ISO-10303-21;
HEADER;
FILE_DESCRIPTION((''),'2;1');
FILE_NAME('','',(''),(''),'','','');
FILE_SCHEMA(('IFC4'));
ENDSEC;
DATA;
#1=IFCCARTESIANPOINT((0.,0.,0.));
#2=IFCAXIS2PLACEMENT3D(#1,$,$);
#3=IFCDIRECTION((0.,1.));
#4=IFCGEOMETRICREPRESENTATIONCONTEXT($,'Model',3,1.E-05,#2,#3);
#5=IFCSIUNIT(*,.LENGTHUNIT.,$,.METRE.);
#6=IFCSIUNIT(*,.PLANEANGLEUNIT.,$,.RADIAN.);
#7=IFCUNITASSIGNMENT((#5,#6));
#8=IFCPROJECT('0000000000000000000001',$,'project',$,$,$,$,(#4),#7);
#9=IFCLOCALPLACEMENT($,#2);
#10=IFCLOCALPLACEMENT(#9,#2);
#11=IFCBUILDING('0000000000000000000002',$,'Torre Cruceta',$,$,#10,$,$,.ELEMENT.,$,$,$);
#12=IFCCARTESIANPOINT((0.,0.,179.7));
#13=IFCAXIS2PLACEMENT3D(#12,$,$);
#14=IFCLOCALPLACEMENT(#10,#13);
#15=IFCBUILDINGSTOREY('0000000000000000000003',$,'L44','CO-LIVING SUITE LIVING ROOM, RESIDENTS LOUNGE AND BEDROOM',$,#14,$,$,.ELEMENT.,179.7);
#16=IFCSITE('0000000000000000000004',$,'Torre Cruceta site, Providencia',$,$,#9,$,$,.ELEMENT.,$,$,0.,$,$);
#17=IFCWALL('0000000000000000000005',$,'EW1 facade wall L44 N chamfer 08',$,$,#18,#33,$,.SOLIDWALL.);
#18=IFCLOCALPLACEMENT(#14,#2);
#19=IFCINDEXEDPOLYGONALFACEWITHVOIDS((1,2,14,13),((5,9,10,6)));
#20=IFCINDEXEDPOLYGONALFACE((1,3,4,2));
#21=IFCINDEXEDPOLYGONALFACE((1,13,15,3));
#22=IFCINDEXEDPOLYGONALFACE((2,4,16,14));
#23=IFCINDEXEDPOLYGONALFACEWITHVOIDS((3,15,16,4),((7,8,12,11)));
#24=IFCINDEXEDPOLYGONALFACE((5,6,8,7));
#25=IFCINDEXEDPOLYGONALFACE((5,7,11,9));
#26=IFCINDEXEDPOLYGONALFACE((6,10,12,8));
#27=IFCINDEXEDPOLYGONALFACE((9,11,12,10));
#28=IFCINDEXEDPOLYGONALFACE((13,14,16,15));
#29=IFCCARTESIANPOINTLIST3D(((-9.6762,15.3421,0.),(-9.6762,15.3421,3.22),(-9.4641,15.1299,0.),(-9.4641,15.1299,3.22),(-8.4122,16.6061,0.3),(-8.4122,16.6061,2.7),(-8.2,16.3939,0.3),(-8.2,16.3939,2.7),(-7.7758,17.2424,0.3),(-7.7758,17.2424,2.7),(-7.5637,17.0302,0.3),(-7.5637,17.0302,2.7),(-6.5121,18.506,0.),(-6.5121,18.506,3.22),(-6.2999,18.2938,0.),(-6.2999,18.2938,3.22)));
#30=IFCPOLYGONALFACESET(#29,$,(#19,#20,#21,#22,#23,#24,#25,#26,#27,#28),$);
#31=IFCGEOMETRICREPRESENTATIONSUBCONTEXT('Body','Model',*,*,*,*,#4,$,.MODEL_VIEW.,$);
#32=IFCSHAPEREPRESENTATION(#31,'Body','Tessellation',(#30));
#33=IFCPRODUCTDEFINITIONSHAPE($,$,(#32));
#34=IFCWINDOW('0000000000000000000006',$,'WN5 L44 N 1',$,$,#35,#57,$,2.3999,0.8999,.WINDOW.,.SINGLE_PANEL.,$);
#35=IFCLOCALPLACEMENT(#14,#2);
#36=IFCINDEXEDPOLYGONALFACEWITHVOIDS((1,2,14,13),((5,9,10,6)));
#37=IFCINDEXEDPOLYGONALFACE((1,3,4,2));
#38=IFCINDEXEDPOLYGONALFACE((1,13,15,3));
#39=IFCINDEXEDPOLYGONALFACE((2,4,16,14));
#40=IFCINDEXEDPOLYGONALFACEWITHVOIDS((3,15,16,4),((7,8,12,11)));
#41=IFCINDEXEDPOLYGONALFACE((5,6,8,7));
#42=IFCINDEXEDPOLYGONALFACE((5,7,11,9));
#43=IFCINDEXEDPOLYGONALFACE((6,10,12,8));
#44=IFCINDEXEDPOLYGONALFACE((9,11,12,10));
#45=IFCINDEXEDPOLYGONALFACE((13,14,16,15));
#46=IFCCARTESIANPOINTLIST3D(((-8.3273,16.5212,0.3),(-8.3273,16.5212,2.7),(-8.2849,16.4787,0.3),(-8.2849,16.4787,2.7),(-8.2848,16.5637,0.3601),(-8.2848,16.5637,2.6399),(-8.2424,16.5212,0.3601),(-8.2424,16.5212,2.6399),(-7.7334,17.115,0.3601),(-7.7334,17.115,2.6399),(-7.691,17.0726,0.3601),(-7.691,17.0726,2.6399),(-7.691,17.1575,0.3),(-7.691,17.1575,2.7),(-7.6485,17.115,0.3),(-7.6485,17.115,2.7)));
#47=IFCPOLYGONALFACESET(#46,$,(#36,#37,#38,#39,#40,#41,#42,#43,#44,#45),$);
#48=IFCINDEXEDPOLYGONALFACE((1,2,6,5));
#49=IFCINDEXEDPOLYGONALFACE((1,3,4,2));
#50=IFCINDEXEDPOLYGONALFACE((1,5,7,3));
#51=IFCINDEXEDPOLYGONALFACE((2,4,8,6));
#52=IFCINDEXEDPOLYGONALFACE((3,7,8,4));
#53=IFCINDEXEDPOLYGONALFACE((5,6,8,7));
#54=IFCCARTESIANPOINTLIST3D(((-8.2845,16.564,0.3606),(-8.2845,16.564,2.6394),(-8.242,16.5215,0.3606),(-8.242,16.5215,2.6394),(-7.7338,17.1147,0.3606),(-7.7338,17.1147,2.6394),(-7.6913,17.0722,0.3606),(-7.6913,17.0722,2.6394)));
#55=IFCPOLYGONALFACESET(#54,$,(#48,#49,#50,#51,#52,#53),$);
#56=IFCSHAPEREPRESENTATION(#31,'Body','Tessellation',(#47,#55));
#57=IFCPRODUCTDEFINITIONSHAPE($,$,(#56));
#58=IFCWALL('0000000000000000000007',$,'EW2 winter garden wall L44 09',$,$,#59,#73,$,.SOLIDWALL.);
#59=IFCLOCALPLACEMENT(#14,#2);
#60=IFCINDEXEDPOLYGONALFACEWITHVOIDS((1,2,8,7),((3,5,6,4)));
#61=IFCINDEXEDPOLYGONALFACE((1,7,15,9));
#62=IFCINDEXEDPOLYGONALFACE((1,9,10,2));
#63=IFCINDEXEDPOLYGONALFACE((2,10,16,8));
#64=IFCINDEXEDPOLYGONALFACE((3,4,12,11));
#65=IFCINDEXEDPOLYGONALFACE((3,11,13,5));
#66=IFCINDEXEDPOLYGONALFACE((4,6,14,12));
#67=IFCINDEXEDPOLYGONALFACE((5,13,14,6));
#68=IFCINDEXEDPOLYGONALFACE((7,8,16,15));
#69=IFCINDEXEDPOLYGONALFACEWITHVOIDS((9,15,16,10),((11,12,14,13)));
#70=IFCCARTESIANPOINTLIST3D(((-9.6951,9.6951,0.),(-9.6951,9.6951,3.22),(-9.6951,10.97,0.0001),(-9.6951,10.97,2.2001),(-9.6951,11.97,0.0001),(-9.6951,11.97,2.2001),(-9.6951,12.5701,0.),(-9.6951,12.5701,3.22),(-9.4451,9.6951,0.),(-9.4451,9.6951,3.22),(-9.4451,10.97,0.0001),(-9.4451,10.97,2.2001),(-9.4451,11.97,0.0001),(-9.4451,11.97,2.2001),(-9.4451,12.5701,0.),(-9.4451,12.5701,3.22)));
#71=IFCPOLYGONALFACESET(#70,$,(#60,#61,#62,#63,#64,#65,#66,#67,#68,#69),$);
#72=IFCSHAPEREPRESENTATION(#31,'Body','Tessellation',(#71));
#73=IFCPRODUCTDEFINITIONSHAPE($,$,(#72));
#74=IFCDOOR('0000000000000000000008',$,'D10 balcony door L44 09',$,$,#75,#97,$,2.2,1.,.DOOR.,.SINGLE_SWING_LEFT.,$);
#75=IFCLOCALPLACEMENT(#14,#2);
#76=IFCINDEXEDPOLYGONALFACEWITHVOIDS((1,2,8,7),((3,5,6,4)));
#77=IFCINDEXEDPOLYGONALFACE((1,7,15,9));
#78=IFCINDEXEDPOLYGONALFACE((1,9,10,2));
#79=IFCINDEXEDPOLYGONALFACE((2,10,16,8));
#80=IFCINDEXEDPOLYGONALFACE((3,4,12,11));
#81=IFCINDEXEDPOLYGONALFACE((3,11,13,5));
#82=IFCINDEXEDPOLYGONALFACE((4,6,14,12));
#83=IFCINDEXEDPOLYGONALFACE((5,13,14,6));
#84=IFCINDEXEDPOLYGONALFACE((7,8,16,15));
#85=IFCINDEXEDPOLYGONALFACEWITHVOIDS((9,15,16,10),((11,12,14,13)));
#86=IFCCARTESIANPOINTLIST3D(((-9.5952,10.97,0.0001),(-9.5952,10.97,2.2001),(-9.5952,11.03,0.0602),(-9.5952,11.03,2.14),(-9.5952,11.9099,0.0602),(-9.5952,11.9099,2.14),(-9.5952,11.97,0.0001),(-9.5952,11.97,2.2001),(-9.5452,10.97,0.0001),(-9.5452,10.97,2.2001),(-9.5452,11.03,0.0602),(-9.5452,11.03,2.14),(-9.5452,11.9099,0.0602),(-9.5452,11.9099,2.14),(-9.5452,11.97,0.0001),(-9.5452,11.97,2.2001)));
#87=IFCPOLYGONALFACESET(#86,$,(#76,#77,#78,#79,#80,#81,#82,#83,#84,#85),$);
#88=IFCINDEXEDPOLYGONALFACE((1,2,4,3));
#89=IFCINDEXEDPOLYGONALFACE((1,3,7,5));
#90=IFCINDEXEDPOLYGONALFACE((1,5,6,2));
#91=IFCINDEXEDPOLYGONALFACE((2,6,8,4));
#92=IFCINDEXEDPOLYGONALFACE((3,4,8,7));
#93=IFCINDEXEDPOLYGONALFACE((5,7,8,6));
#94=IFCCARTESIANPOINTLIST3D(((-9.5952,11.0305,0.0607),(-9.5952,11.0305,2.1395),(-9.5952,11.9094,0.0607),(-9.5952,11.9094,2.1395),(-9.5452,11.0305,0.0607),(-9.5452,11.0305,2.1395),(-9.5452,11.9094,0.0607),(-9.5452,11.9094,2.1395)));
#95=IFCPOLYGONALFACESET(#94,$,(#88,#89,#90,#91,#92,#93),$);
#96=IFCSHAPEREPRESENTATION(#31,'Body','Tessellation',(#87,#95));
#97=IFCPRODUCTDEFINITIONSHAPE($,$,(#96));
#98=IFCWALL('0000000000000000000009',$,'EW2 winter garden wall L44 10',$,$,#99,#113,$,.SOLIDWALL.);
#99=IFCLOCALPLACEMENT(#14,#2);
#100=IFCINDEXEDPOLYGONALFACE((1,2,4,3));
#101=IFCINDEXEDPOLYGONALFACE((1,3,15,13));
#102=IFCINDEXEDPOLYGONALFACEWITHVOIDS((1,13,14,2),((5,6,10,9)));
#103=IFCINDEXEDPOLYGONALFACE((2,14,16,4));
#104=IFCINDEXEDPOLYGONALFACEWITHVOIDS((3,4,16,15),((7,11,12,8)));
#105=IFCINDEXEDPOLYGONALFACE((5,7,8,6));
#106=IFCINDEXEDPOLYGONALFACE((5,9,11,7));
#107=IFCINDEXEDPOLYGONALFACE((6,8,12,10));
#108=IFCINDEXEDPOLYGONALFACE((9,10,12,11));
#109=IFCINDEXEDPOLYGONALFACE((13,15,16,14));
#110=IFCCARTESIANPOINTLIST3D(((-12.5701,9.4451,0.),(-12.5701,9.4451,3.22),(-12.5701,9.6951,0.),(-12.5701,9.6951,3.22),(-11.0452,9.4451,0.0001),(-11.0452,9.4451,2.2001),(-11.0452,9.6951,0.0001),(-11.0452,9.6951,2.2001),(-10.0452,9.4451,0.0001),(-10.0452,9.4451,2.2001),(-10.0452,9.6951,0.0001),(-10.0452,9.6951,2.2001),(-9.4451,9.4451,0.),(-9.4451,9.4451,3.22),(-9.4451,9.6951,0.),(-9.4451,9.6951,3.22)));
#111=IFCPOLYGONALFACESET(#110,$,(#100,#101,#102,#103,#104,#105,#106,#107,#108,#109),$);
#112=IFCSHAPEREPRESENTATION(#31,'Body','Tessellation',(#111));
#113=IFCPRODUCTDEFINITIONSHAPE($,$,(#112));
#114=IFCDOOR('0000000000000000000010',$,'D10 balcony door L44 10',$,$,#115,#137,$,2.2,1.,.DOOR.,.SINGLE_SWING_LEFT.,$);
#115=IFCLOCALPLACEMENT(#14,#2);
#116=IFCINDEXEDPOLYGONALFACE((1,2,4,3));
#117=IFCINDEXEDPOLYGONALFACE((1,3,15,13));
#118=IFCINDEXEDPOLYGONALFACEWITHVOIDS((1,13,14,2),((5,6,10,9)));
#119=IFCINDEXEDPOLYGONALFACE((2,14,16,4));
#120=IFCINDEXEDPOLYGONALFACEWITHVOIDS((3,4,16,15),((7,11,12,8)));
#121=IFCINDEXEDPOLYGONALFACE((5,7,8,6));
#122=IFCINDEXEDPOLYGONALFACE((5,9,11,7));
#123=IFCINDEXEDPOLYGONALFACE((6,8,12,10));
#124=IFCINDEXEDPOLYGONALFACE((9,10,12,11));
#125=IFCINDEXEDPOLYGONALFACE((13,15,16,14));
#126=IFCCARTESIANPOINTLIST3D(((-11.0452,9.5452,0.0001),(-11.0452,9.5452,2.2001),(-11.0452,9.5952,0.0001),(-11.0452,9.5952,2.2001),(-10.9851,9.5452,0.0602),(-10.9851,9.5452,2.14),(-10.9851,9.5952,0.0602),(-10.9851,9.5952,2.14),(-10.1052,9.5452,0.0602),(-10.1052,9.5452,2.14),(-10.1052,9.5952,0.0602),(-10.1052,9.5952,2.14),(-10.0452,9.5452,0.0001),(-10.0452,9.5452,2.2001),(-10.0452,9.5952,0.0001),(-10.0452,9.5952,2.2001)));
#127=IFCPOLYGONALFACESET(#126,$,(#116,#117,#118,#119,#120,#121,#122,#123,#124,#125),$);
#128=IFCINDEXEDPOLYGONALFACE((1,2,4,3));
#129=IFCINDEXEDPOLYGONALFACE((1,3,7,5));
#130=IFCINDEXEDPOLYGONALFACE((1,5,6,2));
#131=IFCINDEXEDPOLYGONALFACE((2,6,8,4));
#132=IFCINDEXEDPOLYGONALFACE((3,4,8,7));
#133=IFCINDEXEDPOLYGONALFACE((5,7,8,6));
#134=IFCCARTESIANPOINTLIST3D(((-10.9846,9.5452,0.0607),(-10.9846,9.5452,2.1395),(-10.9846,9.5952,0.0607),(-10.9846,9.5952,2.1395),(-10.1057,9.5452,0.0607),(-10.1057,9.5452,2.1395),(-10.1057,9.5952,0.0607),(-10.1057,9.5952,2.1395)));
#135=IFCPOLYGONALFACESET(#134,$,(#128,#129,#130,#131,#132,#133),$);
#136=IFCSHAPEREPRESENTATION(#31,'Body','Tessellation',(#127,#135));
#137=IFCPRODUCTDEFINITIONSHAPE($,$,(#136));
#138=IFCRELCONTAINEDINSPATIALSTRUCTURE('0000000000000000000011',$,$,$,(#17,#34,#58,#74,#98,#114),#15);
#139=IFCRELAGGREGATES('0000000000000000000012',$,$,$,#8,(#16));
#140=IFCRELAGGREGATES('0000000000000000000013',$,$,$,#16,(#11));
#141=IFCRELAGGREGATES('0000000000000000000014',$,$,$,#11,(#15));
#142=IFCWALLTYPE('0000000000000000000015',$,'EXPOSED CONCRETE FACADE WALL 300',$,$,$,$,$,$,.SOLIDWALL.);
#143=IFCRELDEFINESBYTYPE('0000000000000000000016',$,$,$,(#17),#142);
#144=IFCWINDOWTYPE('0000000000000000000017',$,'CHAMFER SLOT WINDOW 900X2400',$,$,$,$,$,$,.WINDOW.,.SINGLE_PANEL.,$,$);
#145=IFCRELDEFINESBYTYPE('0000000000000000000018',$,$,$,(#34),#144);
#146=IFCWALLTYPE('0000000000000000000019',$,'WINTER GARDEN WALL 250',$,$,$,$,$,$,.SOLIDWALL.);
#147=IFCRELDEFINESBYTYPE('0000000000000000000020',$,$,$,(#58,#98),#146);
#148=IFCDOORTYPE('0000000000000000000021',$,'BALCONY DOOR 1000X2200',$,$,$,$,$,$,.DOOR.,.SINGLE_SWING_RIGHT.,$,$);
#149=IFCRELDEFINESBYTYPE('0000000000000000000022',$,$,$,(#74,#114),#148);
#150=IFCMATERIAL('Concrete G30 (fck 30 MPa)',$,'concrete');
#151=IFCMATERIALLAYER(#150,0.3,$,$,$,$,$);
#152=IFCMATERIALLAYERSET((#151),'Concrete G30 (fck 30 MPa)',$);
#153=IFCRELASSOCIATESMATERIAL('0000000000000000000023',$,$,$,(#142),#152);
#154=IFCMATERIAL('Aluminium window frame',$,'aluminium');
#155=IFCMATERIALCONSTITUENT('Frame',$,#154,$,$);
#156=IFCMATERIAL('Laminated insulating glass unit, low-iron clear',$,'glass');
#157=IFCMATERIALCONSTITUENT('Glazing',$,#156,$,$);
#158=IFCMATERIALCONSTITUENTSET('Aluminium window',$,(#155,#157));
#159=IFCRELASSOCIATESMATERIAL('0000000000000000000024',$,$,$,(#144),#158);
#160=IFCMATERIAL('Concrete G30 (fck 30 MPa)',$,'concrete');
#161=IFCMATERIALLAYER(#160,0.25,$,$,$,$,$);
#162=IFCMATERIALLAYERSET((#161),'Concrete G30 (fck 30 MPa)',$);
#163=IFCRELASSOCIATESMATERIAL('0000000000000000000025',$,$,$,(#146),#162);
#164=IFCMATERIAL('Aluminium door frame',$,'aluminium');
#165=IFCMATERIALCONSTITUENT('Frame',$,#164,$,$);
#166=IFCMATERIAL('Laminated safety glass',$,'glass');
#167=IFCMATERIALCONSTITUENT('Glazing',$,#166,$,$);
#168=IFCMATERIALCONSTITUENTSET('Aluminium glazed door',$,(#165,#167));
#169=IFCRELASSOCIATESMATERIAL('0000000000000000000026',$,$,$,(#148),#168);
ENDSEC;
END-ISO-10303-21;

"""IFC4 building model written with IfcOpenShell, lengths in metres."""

from ifc_helpers import new_model, si_unit, direction, frame, frame_2d, origin, place, context, subcontext, project, spatial, rectangle, hollow_rectangle, extrude, material, layer, layer_set, constituent, constituent_set, type_object, element, fill, save


model = new_model("IFC4")

# Units and contexts
model_context = context("Model", 3, precision=1e-05, world=origin(), true_north=direction((0.0, 1.0)))
body_context = subcontext(model_context, "Body", "Model", "MODEL_VIEW")
ifc_project = project(units=[si_unit("LENGTHUNIT", "METRE"), si_unit("PLANEANGLEUNIT", "RADIAN")], contexts=[model_context])

# Site, building, storey
site_placement = place(None, origin())
site = spatial("IfcSite", under=ifc_project, at=site_placement, Name="Torre Cruceta site, Providencia", CompositionType="ELEMENT", RefElevation=0.0)
building_placement = place(site_placement, origin())
building = spatial("IfcBuilding", under=site, at=building_placement, Name="Torre Cruceta", CompositionType="ELEMENT")
storey_placement = place(building_placement, frame((0.0, 0.0, 179.7)))
storey = spatial("IfcBuildingStorey", under=building, at=storey_placement, Name="L44", Description="CO-LIVING SUITE LIVING ROOM, RESIDENTS LOUNGE AND BEDROOM", CompositionType="ELEMENT", Elevation=179.7)

# Wall, opening, window
ifc_material_1 = material(Name="Concrete G30 (fck 30 MPa)", Category="concrete")
ifc_layer_1 = layer(ifc_material_1, 0.3)
ifc_layer_set_1 = layer_set([ifc_layer_1], Name="Concrete G30 (fck 30 MPa)")
wall_type_1 = type_object("IfcWallType", Name="EXPOSED CONCRETE FACADE WALL 300", PredefinedType="SOLIDWALL", material=ifc_layer_set_1)
wall_1_placement = place(storey_placement, frame((-6.406, 18.3999, 0.0), z_axis=(0.0, 0.0, 1.0), x_axis=(-0.707134, -0.707079, 0.0)))
wall_1 = element("IfcWall", 1, at=wall_1_placement, inside=storey, type_object=wall_type_1, Name="EW1 facade wall L44 N chamfer 08", PredefinedType="SOLIDWALL", context=body_context, shape_type="SweptSolid", body=[
    extrude(rectangle(XDim=4.4746, YDim=0.3, at=frame_2d((2.2373, 0.0))), origin(), (0.0, 0.0, 1.0), 3.22),
])
opening_1_placement = place(wall_1_placement, frame((1.7871, 0.0, 0.3)))
opening_1 = element("IfcOpeningElement", 2, at=opening_1_placement, cuts=wall_1, PredefinedType="OPENING", context=body_context, shape_type="SweptSolid", body=[
    extrude(rectangle(XDim=0.8999, YDim=2.3999, at=frame_2d((0.45, 1.2))), frame((0.0, 0.1599, 0.0), z_axis=(0.0, -1.0, 0.0), x_axis=(1.0, 0.0, 0.0)), (0.0, 0.0, 1.0), 0.3201),
])
ifc_material_2 = material(Name="Aluminium window frame", Category="aluminium")
ifc_constituent_1 = constituent(ifc_material_2, Name="Frame")
ifc_material_3 = material(Name="Laminated insulating glass unit, low-iron clear", Category="glass")
ifc_constituent_2 = constituent(ifc_material_3, Name="Glazing")
ifc_constituent_set_1 = constituent_set(constituents=[ifc_constituent_1, ifc_constituent_2], Name="Aluminium window")
window_type = type_object("IfcWindowType", Name="CHAMFER SLOT WINDOW 900X2400", PartitioningType="SINGLE_PANEL", PredefinedType="WINDOW", material=ifc_constituent_set_1)
window_placement = place(opening_1_placement, origin())
window = element("IfcWindow", 3, at=window_placement, inside=storey, type_object=window_type, Name="WN5 L44 N 1", OverallHeight=2.3999, OverallWidth=0.8999, PartitioningType="SINGLE_PANEL", PredefinedType="WINDOW", context=body_context, shape_type="SweptSolid", body=[
    extrude(hollow_rectangle(XDim=0.8999, YDim=2.3999, WallThickness=0.0601, at=frame_2d((0.45, 1.2))), frame((0.0, 0.03, 0.0), z_axis=(0.0, -1.0, 0.0), x_axis=(1.0, 0.0, 0.0)), (0.0, 0.0, 1.0), 0.0601),
    extrude(rectangle(XDim=0.7788, YDim=2.2788, at=frame_2d((0.45, 1.2))), frame((0.0, 0.03, 0.0), z_axis=(0.0, -1.0, 0.0), x_axis=(1.0, 0.0, 0.0)), (0.0, 0.0, 1.0), 0.0601),
])
fill(opening_1, window)

# Walls, openings, doors
ifc_material_4 = material(Name="Concrete G30 (fck 30 MPa)", Category="concrete")
ifc_layer_2 = layer(ifc_material_4, 0.25)
ifc_layer_set_2 = layer_set([ifc_layer_2], Name="Concrete G30 (fck 30 MPa)")
wall_type_2 = type_object("IfcWallType", Name="WINTER GARDEN WALL 250", PredefinedType="SOLIDWALL", material=ifc_layer_set_2)
wall_2_placement = place(storey_placement, frame((-9.5701, 12.5701, 0.0), z_axis=(0.0, 0.0, 1.0), x_axis=(0.0, -1.0, 0.0)))
wall_2 = element("IfcWall", 4, at=wall_2_placement, inside=storey, type_object=wall_type_2, Name="EW2 winter garden wall L44 09", PredefinedType="SOLIDWALL", context=body_context, shape_type="SweptSolid", body=[
    extrude(rectangle(XDim=2.875, YDim=0.25, at=frame_2d((1.4375, 0.0))), origin(), (0.0, 0.0, 1.0), 3.22),
])
opening_2_placement = place(wall_2_placement, frame((0.6001, 0.0, 0.0)))
opening_2 = element("IfcOpeningElement", 5, at=opening_2_placement, cuts=wall_2, PredefinedType="OPENING", context=body_context, shape_type="SweptSolid", body=[
    extrude(rectangle(XDim=1.0, YDim=2.2, at=frame_2d((0.5, 1.1001))), frame((0.0, 0.135, 0.0), z_axis=(0.0, -1.0, 0.0), x_axis=(1.0, 0.0, 0.0)), (0.0, 0.0, 1.0), 0.27),
])
ifc_material_5 = material(Name="Aluminium door frame", Category="aluminium")
ifc_constituent_3 = constituent(ifc_material_5, Name="Frame")
ifc_material_6 = material(Name="Laminated safety glass", Category="glass")
ifc_constituent_4 = constituent(ifc_material_6, Name="Glazing")
ifc_constituent_set_2 = constituent_set(constituents=[ifc_constituent_3, ifc_constituent_4], Name="Aluminium glazed door")
door_type_1 = type_object("IfcDoorType", Name="BALCONY DOOR 1000X2200", OperationType="SINGLE_SWING_RIGHT", PredefinedType="DOOR", material=ifc_constituent_set_2)
door_1_placement = place(opening_2_placement, origin())
door_1 = element("IfcDoor", 6, at=door_1_placement, inside=storey, type_object=door_type_1, Name="D10 balcony door L44 09", OperationType="SINGLE_SWING_LEFT", OverallHeight=2.2, OverallWidth=1.0, PredefinedType="DOOR", context=body_context, shape_type="SweptSolid", body=[
    extrude(hollow_rectangle(XDim=1.0, YDim=2.2, WallThickness=0.0601, at=frame_2d((0.5, 1.1001))), frame((0.0, 0.0249, 0.0), z_axis=(0.0, -1.0, 0.0), x_axis=(1.0, 0.0, 0.0)), (0.0, 0.0, 1.0), 0.05),
    extrude(rectangle(XDim=0.8789, YDim=2.0789, at=frame_2d((0.5, 1.1001))), frame((0.0, 0.0249, 0.0), z_axis=(0.0, -1.0, 0.0), x_axis=(1.0, 0.0, 0.0)), (0.0, 0.0, 1.0), 0.05),
])
fill(opening_2, door_1)
wall_3_placement = place(storey_placement, frame((-9.4451, 9.5701, 0.0), z_axis=(0.0, 0.0, 1.0), x_axis=(-1.0, 0.0, 0.0)))
wall_3 = element("IfcWall", 7, at=wall_3_placement, inside=storey, type_object=wall_type_2, Name="EW2 winter garden wall L44 10", PredefinedType="SOLIDWALL", context=body_context, shape_type="SweptSolid", body=[
    extrude(rectangle(XDim=3.125, YDim=0.25, at=frame_2d((1.5625, 0.0))), origin(), (0.0, 0.0, 1.0), 3.22),
])
opening_3_placement = place(wall_3_placement, frame((0.6001, 0.0, 0.0)))
opening_3 = element("IfcOpeningElement", 8, at=opening_3_placement, cuts=wall_3, PredefinedType="OPENING", context=body_context, shape_type="SweptSolid", body=[
    extrude(rectangle(XDim=1.0, YDim=2.2, at=frame_2d((0.5, 1.1001))), frame((0.0, 0.135, 0.0), z_axis=(0.0, -1.0, 0.0), x_axis=(1.0, 0.0, 0.0)), (0.0, 0.0, 1.0), 0.27),
])
door_2_placement = place(opening_3_placement, origin())
door_2 = element("IfcDoor", 9, at=door_2_placement, inside=storey, type_object=door_type_1, Name="D10 balcony door L44 10", OperationType="SINGLE_SWING_LEFT", OverallHeight=2.2, OverallWidth=1.0, PredefinedType="DOOR", context=body_context, shape_type="SweptSolid", body=[
    extrude(hollow_rectangle(XDim=1.0, YDim=2.2, WallThickness=0.0601, at=frame_2d((0.5, 1.1001))), frame((0.0, 0.0249, 0.0), z_axis=(0.0, -1.0, 0.0), x_axis=(1.0, 0.0, 0.0)), (0.0, 0.0, 1.0), 0.05),
    extrude(rectangle(XDim=0.8789, YDim=2.0789, at=frame_2d((0.5, 1.1001))), frame((0.0, 0.0249, 0.0), z_axis=(0.0, -1.0, 0.0), x_axis=(1.0, 0.0, 0.0)), (0.0, 0.0, 1.0), 0.05),
])
fill(opening_3, door_2)

save(model, "model.ifc")
